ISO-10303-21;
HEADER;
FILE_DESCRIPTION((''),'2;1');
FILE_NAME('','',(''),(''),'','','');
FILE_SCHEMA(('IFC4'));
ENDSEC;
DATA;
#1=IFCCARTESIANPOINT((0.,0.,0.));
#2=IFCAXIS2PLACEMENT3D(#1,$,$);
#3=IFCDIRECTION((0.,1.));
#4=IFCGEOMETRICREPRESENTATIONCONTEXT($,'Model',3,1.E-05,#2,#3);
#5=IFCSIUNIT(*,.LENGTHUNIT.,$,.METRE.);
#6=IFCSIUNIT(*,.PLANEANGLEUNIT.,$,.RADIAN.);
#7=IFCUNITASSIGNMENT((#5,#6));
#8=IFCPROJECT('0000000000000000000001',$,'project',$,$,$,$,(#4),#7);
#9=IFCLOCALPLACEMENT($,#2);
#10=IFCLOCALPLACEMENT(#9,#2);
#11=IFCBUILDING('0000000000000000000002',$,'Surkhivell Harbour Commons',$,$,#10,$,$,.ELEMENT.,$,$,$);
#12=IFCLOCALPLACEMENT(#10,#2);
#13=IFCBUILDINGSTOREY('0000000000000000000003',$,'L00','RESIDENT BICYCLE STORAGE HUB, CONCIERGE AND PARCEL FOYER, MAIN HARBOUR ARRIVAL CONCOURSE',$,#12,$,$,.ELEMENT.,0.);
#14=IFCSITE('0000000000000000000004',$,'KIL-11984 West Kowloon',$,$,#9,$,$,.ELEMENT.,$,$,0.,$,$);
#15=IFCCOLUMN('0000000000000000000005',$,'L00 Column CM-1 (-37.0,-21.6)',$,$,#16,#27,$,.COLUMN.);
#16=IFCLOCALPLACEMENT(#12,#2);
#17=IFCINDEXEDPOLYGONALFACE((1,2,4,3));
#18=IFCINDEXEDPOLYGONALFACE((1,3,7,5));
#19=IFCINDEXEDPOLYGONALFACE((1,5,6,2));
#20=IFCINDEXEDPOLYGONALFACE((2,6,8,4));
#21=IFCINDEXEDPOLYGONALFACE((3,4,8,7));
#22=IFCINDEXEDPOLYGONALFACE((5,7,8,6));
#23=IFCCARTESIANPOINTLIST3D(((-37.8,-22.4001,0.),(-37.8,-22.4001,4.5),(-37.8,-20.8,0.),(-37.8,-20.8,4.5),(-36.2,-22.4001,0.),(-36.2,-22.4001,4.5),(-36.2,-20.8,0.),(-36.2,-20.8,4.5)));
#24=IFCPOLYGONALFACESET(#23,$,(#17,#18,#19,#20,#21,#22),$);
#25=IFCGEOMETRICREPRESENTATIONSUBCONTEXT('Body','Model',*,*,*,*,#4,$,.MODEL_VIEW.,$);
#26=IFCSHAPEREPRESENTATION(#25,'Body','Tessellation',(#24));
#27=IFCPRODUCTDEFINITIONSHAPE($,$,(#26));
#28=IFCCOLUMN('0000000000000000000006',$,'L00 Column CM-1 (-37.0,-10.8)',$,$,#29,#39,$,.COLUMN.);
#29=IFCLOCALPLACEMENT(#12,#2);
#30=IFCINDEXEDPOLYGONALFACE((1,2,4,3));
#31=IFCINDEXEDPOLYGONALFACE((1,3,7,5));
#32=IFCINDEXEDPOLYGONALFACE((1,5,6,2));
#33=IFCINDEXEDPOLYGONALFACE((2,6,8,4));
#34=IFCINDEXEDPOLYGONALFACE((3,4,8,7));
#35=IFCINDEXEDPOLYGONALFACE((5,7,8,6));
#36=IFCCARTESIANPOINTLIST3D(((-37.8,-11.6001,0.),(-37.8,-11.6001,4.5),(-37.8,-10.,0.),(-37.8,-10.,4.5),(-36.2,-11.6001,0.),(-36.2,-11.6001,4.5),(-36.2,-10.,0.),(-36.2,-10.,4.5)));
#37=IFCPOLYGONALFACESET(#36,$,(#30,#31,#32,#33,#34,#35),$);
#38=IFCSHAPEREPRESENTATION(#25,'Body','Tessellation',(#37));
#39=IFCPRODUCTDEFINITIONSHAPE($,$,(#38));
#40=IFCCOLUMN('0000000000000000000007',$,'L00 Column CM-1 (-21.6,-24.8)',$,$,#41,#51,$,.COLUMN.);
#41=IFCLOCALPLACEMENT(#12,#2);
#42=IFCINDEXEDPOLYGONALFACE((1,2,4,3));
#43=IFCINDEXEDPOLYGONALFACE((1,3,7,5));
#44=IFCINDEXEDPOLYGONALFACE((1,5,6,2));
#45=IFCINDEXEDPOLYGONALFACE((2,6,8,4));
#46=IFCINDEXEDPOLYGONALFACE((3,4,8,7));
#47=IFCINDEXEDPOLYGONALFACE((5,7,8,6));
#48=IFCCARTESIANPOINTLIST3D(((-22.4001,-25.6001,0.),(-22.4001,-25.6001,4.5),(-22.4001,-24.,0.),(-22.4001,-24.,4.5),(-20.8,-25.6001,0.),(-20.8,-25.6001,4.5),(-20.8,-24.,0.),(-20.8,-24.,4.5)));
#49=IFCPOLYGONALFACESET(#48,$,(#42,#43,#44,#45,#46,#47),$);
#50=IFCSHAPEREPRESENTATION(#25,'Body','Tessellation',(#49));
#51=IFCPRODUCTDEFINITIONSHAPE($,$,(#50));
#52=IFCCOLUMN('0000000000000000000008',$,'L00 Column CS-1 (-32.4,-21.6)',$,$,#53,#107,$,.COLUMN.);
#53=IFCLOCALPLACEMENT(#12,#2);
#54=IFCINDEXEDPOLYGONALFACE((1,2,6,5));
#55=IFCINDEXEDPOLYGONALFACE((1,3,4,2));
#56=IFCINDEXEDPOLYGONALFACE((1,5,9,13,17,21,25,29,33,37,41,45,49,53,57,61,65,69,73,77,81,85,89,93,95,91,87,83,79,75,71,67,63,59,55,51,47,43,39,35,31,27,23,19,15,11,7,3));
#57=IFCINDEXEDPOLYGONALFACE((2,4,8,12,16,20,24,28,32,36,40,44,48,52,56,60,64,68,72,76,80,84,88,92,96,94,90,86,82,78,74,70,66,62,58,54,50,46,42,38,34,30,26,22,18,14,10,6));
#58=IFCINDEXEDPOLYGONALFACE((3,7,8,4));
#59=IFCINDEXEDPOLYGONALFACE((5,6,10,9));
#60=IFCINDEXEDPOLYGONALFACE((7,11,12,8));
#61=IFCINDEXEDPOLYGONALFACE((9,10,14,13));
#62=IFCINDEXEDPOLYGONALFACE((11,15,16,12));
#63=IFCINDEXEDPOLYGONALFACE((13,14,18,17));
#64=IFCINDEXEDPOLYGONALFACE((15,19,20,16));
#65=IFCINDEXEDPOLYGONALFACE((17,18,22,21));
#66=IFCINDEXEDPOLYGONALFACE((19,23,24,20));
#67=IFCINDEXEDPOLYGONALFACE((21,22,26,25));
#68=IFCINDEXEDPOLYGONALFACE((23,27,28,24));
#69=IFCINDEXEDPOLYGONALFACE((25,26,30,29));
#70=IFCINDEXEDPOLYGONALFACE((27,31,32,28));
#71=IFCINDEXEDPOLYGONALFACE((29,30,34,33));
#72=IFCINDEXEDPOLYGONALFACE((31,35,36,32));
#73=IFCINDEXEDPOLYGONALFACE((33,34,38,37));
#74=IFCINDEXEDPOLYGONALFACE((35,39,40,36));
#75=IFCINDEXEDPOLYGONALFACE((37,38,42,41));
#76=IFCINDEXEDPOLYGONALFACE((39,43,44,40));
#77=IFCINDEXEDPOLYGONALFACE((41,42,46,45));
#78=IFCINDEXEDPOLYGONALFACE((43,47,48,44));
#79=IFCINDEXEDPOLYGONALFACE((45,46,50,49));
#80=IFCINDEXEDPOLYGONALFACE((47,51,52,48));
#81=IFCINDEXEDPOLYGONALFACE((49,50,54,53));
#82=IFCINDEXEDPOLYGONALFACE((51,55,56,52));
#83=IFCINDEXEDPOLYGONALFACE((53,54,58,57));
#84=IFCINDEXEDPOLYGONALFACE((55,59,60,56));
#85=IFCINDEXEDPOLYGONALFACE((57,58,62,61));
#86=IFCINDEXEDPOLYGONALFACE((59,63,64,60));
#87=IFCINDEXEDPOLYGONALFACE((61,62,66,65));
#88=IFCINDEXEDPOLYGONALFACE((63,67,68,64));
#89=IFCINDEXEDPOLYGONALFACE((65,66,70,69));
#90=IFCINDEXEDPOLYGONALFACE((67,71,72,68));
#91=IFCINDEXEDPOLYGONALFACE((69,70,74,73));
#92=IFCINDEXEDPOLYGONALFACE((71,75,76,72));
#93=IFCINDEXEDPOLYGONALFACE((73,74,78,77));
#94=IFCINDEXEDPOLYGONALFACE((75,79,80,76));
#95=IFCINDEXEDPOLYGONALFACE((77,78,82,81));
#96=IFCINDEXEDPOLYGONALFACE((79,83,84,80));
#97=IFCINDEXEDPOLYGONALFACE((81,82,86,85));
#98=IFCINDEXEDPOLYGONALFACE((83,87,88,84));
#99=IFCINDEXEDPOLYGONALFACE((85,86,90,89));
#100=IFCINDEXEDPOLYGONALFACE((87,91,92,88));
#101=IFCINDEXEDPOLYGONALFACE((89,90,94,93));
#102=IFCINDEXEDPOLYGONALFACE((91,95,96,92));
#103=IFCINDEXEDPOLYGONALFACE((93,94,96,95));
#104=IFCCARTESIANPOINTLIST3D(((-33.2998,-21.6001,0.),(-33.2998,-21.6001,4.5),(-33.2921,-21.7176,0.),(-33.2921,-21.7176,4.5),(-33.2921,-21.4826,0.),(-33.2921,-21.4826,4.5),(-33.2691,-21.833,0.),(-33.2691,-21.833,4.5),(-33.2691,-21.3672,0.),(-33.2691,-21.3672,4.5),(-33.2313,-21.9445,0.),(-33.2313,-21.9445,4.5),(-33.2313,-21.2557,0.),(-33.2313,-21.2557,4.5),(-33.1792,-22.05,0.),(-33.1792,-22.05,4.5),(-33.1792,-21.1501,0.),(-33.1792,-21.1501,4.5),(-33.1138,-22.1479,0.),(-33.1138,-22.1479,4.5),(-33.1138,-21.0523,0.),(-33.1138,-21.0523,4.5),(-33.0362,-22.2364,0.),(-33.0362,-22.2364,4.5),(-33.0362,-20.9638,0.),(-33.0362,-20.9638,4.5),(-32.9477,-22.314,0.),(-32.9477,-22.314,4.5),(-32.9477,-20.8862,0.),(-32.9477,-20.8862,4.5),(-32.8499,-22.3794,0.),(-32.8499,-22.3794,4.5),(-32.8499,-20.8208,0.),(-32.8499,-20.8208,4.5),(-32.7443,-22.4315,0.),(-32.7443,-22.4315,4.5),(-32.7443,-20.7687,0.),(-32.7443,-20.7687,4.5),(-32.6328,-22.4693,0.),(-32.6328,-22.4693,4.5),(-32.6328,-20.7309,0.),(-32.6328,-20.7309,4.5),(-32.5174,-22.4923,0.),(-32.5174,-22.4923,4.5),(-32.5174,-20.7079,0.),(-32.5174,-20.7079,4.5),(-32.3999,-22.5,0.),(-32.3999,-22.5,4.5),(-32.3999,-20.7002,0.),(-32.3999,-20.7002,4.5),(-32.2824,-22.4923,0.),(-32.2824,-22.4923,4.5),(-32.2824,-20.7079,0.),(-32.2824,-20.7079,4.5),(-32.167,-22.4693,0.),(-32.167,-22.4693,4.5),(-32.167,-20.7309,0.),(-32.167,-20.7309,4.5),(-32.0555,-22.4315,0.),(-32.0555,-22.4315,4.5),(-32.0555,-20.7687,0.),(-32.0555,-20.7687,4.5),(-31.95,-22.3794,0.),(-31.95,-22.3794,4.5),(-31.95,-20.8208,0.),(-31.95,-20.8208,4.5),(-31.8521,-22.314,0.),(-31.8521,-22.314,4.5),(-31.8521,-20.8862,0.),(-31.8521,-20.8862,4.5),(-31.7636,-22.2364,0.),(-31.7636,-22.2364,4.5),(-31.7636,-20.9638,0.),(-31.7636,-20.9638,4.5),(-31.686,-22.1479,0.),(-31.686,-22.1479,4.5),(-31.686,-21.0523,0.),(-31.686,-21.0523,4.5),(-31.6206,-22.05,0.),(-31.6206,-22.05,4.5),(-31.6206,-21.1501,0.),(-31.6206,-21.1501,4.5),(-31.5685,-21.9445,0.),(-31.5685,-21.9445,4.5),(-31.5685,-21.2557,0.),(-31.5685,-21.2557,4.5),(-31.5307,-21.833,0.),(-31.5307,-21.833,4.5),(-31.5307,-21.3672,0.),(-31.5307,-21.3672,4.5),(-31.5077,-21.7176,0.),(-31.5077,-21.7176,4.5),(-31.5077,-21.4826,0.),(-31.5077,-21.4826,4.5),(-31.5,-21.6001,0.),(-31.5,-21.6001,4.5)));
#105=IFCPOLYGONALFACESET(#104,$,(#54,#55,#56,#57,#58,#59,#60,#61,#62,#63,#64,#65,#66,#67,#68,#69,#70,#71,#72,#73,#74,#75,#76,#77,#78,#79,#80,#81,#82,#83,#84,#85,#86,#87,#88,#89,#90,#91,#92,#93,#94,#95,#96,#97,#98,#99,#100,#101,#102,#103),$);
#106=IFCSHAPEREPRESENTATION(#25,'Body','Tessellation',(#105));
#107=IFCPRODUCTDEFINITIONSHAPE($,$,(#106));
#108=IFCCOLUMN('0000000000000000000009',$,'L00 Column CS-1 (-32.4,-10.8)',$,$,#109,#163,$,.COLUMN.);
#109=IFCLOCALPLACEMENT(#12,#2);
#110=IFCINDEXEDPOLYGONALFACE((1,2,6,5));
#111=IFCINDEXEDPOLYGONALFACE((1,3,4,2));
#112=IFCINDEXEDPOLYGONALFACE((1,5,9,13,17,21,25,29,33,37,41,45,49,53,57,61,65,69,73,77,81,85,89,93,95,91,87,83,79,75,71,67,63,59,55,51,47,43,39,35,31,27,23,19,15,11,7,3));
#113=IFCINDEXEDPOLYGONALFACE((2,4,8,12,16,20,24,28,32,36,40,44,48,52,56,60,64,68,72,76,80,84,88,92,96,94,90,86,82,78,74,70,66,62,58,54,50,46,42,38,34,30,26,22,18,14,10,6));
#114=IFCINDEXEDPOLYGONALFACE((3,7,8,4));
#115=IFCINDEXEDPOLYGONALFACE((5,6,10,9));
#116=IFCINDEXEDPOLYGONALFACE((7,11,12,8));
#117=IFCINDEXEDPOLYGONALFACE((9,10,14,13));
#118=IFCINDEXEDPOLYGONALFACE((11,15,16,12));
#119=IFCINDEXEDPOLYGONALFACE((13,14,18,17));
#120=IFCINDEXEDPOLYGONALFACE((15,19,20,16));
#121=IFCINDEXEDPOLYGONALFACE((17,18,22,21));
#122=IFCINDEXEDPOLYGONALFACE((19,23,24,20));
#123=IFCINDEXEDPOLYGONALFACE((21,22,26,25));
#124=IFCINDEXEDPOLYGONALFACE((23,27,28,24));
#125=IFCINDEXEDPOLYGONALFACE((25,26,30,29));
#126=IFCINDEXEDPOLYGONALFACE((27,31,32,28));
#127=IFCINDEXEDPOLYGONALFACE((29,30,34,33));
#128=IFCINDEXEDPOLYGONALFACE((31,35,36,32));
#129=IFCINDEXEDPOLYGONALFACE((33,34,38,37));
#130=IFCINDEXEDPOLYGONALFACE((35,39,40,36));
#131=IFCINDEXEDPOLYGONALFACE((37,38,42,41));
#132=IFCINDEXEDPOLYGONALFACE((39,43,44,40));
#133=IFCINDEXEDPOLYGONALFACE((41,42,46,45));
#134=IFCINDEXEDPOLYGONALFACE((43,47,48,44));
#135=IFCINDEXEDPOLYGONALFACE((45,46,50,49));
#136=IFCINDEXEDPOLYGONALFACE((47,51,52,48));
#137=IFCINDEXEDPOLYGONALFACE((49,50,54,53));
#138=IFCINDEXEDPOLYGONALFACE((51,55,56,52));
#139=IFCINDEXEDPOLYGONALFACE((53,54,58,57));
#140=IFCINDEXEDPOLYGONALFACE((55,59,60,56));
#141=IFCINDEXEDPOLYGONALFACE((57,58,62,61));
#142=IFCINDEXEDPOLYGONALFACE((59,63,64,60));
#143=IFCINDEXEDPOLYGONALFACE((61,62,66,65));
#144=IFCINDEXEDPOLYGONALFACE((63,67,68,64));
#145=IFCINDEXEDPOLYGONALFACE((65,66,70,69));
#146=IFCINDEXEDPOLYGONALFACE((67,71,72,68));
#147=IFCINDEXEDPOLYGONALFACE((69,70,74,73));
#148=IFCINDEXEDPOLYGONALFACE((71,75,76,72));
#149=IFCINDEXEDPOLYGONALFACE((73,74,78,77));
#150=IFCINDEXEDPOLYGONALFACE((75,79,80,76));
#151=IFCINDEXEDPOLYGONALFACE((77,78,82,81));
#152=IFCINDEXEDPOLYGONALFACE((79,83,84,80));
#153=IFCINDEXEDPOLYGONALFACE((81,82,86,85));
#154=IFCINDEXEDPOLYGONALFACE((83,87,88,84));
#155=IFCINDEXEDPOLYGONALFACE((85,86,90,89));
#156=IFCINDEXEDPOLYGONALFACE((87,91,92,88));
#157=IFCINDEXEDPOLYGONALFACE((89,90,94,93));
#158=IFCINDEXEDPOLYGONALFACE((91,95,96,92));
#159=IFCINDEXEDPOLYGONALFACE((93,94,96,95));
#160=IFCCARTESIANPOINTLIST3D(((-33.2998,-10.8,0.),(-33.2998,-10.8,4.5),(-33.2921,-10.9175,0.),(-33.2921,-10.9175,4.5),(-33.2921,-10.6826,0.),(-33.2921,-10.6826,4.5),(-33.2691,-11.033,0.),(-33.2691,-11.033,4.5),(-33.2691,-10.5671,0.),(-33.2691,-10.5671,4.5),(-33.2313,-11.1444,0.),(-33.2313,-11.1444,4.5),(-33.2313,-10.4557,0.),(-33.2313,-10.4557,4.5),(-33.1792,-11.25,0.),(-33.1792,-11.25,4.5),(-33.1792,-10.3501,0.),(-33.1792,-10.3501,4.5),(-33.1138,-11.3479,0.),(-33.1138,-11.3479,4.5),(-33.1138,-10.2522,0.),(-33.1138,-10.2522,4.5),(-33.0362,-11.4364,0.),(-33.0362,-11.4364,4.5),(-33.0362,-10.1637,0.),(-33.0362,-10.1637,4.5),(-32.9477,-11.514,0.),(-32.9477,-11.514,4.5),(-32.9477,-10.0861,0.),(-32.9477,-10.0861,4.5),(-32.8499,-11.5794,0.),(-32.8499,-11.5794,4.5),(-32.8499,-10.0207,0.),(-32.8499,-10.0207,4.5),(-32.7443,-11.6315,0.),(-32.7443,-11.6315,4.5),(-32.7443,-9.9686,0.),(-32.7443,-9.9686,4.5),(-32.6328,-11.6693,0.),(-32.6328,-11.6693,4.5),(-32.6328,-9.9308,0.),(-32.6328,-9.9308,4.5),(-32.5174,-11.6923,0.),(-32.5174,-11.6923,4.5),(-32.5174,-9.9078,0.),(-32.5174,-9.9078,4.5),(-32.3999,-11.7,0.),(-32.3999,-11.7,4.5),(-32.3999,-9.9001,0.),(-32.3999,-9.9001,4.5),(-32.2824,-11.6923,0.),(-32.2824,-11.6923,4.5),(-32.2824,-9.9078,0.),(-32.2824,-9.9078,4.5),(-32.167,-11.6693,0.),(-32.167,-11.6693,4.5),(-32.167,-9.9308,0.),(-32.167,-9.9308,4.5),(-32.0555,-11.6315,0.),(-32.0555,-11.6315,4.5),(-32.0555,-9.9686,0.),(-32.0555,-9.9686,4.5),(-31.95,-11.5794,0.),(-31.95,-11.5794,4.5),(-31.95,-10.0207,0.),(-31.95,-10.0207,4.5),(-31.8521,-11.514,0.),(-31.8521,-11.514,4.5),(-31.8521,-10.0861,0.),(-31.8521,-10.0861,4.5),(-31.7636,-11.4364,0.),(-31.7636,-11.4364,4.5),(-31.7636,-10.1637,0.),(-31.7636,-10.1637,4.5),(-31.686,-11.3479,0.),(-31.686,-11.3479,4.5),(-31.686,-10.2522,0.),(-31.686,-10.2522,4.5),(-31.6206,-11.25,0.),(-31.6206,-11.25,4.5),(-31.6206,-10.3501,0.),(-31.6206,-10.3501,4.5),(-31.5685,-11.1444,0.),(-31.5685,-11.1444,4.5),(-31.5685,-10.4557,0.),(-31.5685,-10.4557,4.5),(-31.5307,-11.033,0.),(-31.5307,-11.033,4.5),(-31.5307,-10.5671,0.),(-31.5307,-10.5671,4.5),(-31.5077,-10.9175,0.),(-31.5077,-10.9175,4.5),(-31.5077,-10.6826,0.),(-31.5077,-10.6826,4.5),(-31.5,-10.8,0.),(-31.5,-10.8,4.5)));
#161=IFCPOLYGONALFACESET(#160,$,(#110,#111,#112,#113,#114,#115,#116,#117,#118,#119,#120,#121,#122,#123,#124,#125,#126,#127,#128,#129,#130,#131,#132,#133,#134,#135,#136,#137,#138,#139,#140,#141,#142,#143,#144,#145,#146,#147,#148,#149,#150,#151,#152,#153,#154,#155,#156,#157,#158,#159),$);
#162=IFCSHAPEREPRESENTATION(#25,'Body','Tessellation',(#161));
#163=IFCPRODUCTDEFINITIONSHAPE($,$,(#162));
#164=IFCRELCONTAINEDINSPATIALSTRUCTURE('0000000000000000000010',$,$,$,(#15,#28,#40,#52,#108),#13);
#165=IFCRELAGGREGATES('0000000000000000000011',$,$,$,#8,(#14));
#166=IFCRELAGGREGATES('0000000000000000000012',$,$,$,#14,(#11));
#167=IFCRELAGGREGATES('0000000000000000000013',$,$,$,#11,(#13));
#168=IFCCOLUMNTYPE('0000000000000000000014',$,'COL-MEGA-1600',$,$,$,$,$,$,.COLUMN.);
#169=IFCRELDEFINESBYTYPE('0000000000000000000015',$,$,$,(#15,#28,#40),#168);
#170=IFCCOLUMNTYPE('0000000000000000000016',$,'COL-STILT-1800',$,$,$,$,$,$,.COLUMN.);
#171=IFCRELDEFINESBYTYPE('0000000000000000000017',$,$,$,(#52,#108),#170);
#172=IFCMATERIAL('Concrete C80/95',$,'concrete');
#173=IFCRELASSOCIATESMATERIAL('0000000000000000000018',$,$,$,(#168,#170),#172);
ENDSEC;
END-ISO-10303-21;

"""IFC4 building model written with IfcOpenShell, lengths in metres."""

from ifc_helpers import new_model, si_unit, direction, frame, origin, origin_2d, place, context, subcontext, project, spatial, rectangle, circle, extrude, material, material_profile, profile_set, type_object, element, save


model = new_model("IFC4")

# Units and contexts
model_context = context("Model", 3, precision=1e-05, world=origin(), true_north=direction((0.0, 1.0)))
body_context = subcontext(model_context, "Body", "Model", "MODEL_VIEW")
ifc_project = project(units=[si_unit("LENGTHUNIT", "METRE"), si_unit("PLANEANGLEUNIT", "RADIAN")], contexts=[model_context])

# Site, building, storey
site_placement = place(None, origin())
site = spatial("IfcSite", under=ifc_project, at=site_placement, Name="KIL-11984 West Kowloon", CompositionType="ELEMENT", RefElevation=0.0)
building_placement = place(site_placement, origin())
building = spatial("IfcBuilding", under=site, at=building_placement, Name="Surkhivell Harbour Commons", CompositionType="ELEMENT")
storey_placement = place(building_placement, origin())
storey = spatial("IfcBuildingStorey", under=building, at=storey_placement, Name="L00", Description="RESIDENT BICYCLE STORAGE HUB, CONCIERGE AND PARCEL FOYER, MAIN HARBOUR ARRIVAL CONCOURSE", CompositionType="ELEMENT", Elevation=0.0)

# Columns
ifc_material_1 = material(Name="Concrete C80/95", Category="concrete")
ifc_material_profile_1 = material_profile(ifc_material_1, rectangle(XDim=1.6001, YDim=1.6001, at=origin_2d()), Name="RC-COL-1600x1600")
ifc_profile_set_1 = profile_set([ifc_material_profile_1], Name="Concrete C80/95")
column_type_1 = type_object("IfcColumnType", Name="COL-MEGA-1600", PredefinedType="COLUMN", material=ifc_profile_set_1)
for number, where, z_axis, x_axis, name in (
    (1, (-37.0, -21.6001, 0.0), (0.0, 0.0, 1.0), (1.0, 0.0, 0.0), "L00 Column CM-1 (-37.0,-21.6)"),
    (2, (-37.0, -10.8, 0.0), (0.0, 0.0, 1.0), (1.0, 0.0, 0.0), "L00 Column CM-1 (-37.0,-10.8)"),
    (3, (-21.6001, -24.8, 0.0), (0.0, 0.0, 1.0), (1.0, 0.0, 0.0), "L00 Column CM-1 (-21.6,-24.8)"),
):
    element("IfcColumn", number, at=place(storey_placement, frame(where, z_axis=z_axis, x_axis=x_axis)), inside=storey, type_object=column_type_1, Name=name, PredefinedType="COLUMN", context=body_context, shape_type="SweptSolid", body=[
        extrude(rectangle(XDim=1.6001, YDim=1.6001, at=origin_2d()), origin(), (0.0, 0.0, 1.0), 4.5),
    ])
ifc_material_profile_2 = material_profile(ifc_material_1, circle(Radius=0.8999, at=origin_2d()), Name="RC-CIRC-1800")
ifc_profile_set_2 = profile_set([ifc_material_profile_2], Name="Concrete C80/95")
column_type_2 = type_object("IfcColumnType", Name="COL-STILT-1800", PredefinedType="COLUMN", material=ifc_profile_set_2)
for number, where, z_axis, x_axis, name in (
    (4, (-32.3999, -21.6001, 0.0), (0.0, 0.0, 1.0), (1.0, 0.0, 0.0), "L00 Column CS-1 (-32.4,-21.6)"),
    (5, (-32.3999, -10.8, 0.0), (0.0, 0.0, 1.0), (1.0, 0.0, 0.0), "L00 Column CS-1 (-32.4,-10.8)"),
):
    element("IfcColumn", number, at=place(storey_placement, frame(where, z_axis=z_axis, x_axis=x_axis)), inside=storey, type_object=column_type_2, Name=name, PredefinedType="COLUMN", context=body_context, shape_type="SweptSolid", body=[
        extrude(circle(Radius=0.8999, at=origin_2d()), origin(), (0.0, 0.0, 1.0), 4.5),
    ])

save(model, "model.ifc")
